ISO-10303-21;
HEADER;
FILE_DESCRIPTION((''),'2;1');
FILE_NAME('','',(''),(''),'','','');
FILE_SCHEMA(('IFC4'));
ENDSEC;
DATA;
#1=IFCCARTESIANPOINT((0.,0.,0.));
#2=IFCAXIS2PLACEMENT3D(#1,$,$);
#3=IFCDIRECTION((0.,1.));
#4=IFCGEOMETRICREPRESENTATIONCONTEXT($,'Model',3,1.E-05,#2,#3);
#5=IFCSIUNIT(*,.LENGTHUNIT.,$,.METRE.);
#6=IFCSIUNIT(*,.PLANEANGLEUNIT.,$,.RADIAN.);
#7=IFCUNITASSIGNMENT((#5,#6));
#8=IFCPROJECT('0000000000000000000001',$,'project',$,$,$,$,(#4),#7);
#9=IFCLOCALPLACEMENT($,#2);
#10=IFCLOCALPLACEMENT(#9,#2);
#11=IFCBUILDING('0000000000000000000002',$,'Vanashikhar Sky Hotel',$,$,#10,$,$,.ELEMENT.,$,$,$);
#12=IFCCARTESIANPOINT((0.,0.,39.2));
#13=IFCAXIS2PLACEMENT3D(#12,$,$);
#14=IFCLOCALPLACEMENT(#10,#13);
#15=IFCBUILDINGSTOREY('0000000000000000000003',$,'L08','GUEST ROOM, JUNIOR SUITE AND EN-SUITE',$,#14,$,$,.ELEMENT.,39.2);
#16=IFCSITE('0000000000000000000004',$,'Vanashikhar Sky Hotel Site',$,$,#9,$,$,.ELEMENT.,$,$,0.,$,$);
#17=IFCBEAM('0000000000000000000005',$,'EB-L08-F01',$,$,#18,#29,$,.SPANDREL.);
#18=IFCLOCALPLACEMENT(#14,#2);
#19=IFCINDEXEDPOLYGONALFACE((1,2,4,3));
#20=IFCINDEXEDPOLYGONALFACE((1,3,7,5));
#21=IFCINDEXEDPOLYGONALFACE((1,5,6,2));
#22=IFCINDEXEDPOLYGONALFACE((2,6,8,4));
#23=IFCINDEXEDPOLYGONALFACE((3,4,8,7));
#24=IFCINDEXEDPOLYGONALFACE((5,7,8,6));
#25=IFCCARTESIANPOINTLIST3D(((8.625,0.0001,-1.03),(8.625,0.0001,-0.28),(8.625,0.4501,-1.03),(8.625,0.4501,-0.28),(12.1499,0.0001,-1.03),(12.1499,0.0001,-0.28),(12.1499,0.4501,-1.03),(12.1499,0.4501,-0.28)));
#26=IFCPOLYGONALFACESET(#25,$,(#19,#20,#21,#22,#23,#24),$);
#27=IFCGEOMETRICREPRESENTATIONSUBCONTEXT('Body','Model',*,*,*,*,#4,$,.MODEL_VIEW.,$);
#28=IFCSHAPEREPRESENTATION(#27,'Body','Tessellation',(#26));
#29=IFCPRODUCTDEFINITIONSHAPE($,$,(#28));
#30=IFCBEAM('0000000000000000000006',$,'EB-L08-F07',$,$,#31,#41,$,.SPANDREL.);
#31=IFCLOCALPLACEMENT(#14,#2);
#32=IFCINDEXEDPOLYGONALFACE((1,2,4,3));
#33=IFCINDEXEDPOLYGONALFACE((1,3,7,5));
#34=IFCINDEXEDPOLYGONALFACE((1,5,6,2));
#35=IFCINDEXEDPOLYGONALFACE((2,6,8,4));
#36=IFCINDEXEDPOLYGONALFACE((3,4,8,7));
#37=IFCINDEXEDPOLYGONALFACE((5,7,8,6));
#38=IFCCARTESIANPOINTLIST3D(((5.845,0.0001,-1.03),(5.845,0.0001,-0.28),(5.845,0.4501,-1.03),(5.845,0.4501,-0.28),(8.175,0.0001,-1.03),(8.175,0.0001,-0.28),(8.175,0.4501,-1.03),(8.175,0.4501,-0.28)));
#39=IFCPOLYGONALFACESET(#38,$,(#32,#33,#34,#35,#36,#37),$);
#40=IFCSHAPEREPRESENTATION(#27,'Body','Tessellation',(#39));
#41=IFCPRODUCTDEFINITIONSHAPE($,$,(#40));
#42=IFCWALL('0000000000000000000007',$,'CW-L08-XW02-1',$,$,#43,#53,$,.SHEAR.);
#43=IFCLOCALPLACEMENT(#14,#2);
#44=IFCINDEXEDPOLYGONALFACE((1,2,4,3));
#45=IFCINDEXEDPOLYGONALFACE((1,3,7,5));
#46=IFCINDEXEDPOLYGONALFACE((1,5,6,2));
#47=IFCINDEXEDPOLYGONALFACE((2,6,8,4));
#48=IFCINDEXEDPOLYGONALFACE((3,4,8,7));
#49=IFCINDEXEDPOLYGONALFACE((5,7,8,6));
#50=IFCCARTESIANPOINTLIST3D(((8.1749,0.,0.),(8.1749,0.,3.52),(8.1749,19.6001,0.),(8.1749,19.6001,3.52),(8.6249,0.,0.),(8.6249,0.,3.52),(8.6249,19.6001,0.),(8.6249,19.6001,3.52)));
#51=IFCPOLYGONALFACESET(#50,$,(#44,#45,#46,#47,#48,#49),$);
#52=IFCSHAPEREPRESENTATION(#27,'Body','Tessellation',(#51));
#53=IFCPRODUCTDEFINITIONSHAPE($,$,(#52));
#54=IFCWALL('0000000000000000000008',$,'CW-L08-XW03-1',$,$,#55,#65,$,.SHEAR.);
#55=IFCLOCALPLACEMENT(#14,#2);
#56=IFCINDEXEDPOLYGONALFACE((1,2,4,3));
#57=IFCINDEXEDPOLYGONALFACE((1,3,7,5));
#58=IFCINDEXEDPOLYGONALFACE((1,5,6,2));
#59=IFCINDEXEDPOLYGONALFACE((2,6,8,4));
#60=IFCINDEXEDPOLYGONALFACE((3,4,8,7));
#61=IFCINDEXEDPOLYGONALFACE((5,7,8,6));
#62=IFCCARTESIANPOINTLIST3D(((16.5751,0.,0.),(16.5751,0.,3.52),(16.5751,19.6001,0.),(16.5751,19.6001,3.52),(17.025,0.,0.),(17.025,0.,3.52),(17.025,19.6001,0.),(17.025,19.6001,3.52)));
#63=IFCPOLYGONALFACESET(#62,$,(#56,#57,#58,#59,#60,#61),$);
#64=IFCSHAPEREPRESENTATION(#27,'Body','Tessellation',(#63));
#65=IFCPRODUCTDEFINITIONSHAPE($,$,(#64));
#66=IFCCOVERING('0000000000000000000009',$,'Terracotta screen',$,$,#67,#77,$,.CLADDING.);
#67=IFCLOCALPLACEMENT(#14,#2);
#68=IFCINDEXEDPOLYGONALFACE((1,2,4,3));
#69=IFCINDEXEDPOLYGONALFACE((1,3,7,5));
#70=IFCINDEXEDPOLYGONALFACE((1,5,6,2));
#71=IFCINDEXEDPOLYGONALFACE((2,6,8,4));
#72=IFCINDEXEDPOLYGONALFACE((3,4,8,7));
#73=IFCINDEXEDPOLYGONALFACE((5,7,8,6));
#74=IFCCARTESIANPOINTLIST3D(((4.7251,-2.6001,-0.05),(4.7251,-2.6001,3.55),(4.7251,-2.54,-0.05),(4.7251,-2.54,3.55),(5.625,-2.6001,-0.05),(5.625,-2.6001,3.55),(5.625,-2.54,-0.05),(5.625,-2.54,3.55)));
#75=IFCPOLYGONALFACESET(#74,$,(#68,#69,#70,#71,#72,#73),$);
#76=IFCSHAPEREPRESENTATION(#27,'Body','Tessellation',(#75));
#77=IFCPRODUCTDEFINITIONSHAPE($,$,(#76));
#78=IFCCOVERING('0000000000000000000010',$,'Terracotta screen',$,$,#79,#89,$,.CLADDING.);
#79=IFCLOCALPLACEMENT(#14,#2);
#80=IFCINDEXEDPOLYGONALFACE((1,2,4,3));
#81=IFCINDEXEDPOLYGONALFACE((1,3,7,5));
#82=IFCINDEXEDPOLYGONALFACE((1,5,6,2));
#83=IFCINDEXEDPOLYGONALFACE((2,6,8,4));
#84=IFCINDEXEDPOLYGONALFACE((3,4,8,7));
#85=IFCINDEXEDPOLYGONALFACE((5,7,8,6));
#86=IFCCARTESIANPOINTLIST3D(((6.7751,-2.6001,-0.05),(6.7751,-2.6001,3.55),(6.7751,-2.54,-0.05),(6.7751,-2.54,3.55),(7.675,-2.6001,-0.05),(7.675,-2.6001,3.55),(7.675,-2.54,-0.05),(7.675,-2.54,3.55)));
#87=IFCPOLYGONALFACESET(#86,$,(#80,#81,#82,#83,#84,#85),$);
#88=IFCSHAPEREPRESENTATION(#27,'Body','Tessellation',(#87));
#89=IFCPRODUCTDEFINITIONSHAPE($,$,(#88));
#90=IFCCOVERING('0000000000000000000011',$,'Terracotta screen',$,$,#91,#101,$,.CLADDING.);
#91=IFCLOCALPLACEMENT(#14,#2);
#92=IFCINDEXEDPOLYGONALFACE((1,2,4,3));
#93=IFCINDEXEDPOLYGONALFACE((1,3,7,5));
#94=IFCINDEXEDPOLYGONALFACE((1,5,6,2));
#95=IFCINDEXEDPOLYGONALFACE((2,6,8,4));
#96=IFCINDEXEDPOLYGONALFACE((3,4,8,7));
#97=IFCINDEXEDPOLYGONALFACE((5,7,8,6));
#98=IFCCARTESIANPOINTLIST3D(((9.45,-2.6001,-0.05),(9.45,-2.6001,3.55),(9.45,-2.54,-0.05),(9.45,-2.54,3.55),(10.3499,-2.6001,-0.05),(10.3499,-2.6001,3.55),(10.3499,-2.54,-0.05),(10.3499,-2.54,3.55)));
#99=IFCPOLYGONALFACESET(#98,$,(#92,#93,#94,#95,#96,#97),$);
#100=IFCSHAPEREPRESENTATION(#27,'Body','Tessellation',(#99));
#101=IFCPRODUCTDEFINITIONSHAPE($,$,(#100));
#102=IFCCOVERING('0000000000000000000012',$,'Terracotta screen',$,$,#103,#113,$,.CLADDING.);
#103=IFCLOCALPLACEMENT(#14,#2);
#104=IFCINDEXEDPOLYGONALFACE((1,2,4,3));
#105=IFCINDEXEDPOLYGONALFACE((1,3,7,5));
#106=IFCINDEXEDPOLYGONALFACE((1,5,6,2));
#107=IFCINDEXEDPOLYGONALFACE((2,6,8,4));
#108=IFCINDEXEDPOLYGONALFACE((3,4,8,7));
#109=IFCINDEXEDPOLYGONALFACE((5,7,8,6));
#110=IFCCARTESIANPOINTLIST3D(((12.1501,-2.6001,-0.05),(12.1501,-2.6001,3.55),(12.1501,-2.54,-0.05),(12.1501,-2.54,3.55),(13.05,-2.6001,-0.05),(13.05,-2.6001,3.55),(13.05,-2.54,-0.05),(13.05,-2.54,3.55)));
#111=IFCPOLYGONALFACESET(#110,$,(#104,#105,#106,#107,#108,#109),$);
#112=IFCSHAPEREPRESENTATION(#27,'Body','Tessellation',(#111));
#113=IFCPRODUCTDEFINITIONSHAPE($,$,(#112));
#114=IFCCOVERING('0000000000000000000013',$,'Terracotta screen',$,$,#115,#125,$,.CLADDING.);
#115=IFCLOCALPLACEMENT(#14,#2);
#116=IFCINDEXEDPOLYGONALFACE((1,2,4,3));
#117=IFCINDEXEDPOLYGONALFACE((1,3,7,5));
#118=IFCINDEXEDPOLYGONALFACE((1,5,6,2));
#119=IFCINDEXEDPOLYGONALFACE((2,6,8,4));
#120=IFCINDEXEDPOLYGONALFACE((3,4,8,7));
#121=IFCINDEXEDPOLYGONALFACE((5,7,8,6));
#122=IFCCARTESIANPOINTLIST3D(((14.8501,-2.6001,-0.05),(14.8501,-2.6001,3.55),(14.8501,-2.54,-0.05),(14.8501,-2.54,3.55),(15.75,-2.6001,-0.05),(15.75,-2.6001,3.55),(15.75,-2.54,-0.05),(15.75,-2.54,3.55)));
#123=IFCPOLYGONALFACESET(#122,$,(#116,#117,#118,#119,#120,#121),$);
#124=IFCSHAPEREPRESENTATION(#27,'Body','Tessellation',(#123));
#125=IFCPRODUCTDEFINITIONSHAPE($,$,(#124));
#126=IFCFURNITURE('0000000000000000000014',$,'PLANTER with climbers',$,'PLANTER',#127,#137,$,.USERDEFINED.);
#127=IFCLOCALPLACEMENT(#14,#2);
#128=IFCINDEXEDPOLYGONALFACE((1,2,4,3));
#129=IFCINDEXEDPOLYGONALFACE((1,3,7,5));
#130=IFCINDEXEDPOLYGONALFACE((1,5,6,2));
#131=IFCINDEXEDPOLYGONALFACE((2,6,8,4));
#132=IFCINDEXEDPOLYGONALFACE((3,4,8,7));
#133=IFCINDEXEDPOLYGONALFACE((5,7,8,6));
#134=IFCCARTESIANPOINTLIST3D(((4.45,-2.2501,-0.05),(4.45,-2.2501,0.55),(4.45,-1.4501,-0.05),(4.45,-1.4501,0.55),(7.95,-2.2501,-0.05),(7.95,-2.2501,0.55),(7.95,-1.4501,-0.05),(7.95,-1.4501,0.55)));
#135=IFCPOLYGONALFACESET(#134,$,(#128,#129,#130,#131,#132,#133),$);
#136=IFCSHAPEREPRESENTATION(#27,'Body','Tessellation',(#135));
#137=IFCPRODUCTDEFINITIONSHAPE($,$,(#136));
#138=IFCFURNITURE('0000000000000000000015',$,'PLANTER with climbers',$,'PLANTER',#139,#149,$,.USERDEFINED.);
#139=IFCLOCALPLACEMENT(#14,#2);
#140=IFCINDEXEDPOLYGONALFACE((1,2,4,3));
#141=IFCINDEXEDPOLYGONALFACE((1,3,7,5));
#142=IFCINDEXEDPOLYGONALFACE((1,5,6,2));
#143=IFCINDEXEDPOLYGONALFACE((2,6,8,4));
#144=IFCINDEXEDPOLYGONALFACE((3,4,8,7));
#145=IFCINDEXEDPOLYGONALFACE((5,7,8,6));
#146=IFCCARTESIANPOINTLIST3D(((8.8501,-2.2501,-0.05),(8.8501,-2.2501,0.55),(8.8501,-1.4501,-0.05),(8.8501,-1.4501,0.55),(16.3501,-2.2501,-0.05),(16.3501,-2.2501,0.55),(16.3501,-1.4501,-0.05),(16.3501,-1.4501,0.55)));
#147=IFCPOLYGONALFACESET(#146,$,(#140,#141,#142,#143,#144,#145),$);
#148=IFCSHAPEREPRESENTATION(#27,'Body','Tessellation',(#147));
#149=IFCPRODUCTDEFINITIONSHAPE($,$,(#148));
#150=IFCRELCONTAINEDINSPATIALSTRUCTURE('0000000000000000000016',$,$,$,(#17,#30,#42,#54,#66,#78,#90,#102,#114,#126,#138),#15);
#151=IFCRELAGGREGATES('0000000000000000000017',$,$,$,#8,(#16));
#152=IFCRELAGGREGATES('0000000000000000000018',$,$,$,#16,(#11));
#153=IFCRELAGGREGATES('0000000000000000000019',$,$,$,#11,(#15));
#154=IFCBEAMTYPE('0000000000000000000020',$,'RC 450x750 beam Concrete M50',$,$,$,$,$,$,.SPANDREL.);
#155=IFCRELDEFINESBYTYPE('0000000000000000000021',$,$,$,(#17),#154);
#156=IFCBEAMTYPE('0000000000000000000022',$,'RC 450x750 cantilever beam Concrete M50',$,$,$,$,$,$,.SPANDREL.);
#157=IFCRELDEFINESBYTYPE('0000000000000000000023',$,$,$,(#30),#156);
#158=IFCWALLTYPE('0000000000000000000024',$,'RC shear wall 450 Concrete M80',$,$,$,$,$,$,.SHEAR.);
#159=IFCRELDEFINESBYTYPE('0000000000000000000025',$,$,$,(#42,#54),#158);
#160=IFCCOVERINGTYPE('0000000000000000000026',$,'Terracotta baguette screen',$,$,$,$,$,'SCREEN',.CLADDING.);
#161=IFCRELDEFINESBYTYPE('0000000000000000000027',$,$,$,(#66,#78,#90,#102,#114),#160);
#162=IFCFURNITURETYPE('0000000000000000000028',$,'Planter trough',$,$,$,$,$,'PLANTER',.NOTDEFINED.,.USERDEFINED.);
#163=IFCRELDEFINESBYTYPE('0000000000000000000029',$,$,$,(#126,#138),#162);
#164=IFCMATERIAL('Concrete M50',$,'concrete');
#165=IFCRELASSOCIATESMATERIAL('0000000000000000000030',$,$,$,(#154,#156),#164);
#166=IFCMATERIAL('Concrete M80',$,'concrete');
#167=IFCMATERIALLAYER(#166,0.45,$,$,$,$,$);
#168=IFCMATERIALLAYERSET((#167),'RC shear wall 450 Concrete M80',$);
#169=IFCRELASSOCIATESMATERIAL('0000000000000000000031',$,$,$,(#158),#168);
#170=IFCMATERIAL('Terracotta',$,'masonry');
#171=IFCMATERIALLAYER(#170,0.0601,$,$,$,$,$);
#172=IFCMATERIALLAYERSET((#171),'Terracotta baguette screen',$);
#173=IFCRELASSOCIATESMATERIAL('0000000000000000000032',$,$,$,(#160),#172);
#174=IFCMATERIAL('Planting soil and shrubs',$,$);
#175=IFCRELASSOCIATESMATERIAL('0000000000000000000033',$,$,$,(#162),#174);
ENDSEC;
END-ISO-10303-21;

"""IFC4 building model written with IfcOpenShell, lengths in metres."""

from ifc_helpers import new_model, si_unit, direction, frame, frame_2d, origin, origin_2d, place, context, subcontext, project, spatial, rectangle, extrude, source, transform, mapped, material, layer, layer_set, material_profile, profile_set, type_object, element, save


model = new_model("IFC4")

# Units and contexts
model_context = context("Model", 3, precision=1e-05, world=origin(), true_north=direction((0.0, 1.0)))
body_context = subcontext(model_context, "Body", "Model", "MODEL_VIEW")
ifc_project = project(units=[si_unit("LENGTHUNIT", "METRE"), si_unit("PLANEANGLEUNIT", "RADIAN")], contexts=[model_context])

# Site, building, storey
site_placement = place(None, origin())
site = spatial("IfcSite", under=ifc_project, at=site_placement, Name="Vanashikhar Sky Hotel Site", CompositionType="ELEMENT", RefElevation=0.0)
building_placement = place(site_placement, origin())
building = spatial("IfcBuilding", under=site, at=building_placement, Name="Vanashikhar Sky Hotel", CompositionType="ELEMENT")
storey_placement = place(building_placement, frame((0.0, 0.0, 39.2)))
storey = spatial("IfcBuildingStorey", under=building, at=storey_placement, Name="L08", Description="GUEST ROOM, JUNIOR SUITE AND EN-SUITE", CompositionType="ELEMENT", Elevation=39.2)

# Beams
ifc_material_1 = material(Name="Concrete M50", Category="concrete")
ifc_material_profile_1 = material_profile(ifc_material_1, rectangle(XDim=0.45, YDim=0.75, at=origin_2d()))
ifc_profile_set_1 = profile_set([ifc_material_profile_1], Name="RC 450x750 beam Concrete M50")
beam_type_1 = type_object("IfcBeamType", Name="RC 450x750 beam Concrete M50", PredefinedType="SPANDREL", material=ifc_profile_set_1)
shared_shape_1 = source(origin(), body_context, "Body", "SweptSolid", [
    extrude(rectangle(XDim=0.45, YDim=0.75, at=origin_2d()), origin(), (0.0, 0.0, 1.0), 3.5249),
])
beam_1_placement = place(storey_placement, frame((8.625, 0.2251, -0.655), z_axis=(1.0, 0.0, 0.0), x_axis=(0.0, 1.0, 0.0)))
element("IfcBeam", 1, at=beam_1_placement, inside=storey, type_object=beam_type_1, Name="EB-L08-F01", PredefinedType="SPANDREL", context=body_context, shape_type="MappedRepresentation", body=[
    mapped(shared_shape_1, transform((0.0, 0.0, 0.0), scale=1.0)),
])
ifc_material_profile_2 = material_profile(ifc_material_1, rectangle(XDim=0.45, YDim=0.75, at=origin_2d()))
ifc_profile_set_2 = profile_set([ifc_material_profile_2], Name="RC 450x750 cantilever beam Concrete M50")
beam_type_2 = type_object("IfcBeamType", Name="RC 450x750 cantilever beam Concrete M50", PredefinedType="SPANDREL", material=ifc_profile_set_2)
shared_shape_2 = source(origin(), body_context, "Body", "SweptSolid", [
    extrude(rectangle(XDim=0.45, YDim=0.75, at=origin_2d()), origin(), (0.0, 0.0, 1.0), 2.3301),
])
beam_2_placement = place(storey_placement, frame((5.845, 0.2251, -0.655), z_axis=(1.0, 0.0, 0.0), x_axis=(0.0, 1.0, 0.0)))
element("IfcBeam", 2, at=beam_2_placement, inside=storey, type_object=beam_type_2, Name="EB-L08-F07", PredefinedType="SPANDREL", context=body_context, shape_type="MappedRepresentation", body=[
    mapped(shared_shape_2, transform((0.0, 0.0, 0.0), scale=1.0)),
])

# Walls
ifc_material_2 = material(Name="Concrete M80", Category="concrete")
ifc_layer_1 = layer(ifc_material_2, 0.45)
ifc_layer_set_1 = layer_set([ifc_layer_1], Name="RC shear wall 450 Concrete M80")
wall_type = type_object("IfcWallType", Name="RC shear wall 450 Concrete M80", PredefinedType="SHEAR", material=ifc_layer_set_1)
shared_shape_3 = source(origin(), body_context, "Body", "SweptSolid", [
    extrude(rectangle(XDim=19.6001, YDim=0.45, at=frame_2d((9.8, 0.0))), origin(), (0.0, 0.0, 1.0), 3.52),
])
for number, where, z_axis, x_axis, name in (
    (3, (8.3999, 0.0, 0.0), (0.0, 0.0, 1.0), (0.0, 1.0, 0.0), "CW-L08-XW02-1"),
    (4, (16.8, 0.0, 0.0), (0.0, 0.0, 1.0), (0.0, 1.0, 0.0), "CW-L08-XW03-1"),
):
    element("IfcWall", number, at=place(storey_placement, frame(where, z_axis=z_axis, x_axis=x_axis)), inside=storey, type_object=wall_type, Name=name, PredefinedType="SHEAR", context=body_context, shape_type="MappedRepresentation", body=[
        mapped(shared_shape_3, transform((0.0, 0.0, 0.0), scale=1.0)),
    ])

# Coverings
ifc_material_3 = material(Name="Terracotta", Category="masonry")
ifc_layer_2 = layer(ifc_material_3, 0.0601)
ifc_layer_set_2 = layer_set([ifc_layer_2], Name="Terracotta baguette screen")
covering_type = type_object("IfcCoveringType", Name="Terracotta baguette screen", ElementType="SCREEN", PredefinedType="CLADDING", material=ifc_layer_set_2)
shared_shape_4 = source(origin(), body_context, "Body", "SweptSolid", [
    extrude(rectangle(XDim=0.8999, YDim=0.0601, at=origin_2d()), origin(), (0.0, 0.0, 1.0), 3.6001),
])
for number, where, z_axis, x_axis, name in (
    (5, (5.175, -2.5701, -0.05), (0.0, 0.0, 1.0), (1.0, 0.0, 0.0), "Terracotta screen"),
    (6, (7.2251, -2.5701, -0.05), (0.0, 0.0, 1.0), (1.0, 0.0, 0.0), "Terracotta screen"),
    (7, (9.8999, -2.5701, -0.05), (0.0, 0.0, 1.0), (1.0, 0.0, 0.0), "Terracotta screen"),
    (8, (12.6001, -2.5701, -0.05), (0.0, 0.0, 1.0), (1.0, 0.0, 0.0), "Terracotta screen"),
    (9, (15.3, -2.5701, -0.05), (0.0, 0.0, 1.0), (1.0, 0.0, 0.0), "Terracotta screen"),
):
    element("IfcCovering", number, at=place(storey_placement, frame(where, z_axis=z_axis, x_axis=x_axis)), inside=storey, type_object=covering_type, Name=name, PredefinedType="CLADDING", context=body_context, shape_type="MappedRepresentation", body=[
        mapped(shared_shape_4, transform((0.0, 0.0, 0.0), scale=1.0)),
    ])

# Furniture
ifc_material_4 = material(Name="Planting soil and shrubs")
furniture_type = type_object("IfcFurnitureType", Name="Planter trough", ElementType="PLANTER", AssemblyPlace="NOTDEFINED", PredefinedType="USERDEFINED", material=ifc_material_4)
shared_shape_5 = source(origin(), body_context, "Body", "SweptSolid", [
    extrude(rectangle(XDim=3.5, YDim=0.8, at=origin_2d()), origin(), (0.0, 0.0, 1.0), 0.6001),
])
furniture_1_placement = place(storey_placement, frame((6.2, -1.8501, -0.05), z_axis=(0.0, 0.0, 1.0), x_axis=(1.0, 0.0, 0.0)))
element("IfcFurniture", 10, at=furniture_1_placement, inside=storey, type_object=furniture_type, Name="PLANTER with climbers", ObjectType="PLANTER", PredefinedType="USERDEFINED", context=body_context, shape_type="MappedRepresentation", body=[
    mapped(shared_shape_5, transform((0.0, 0.0, 0.0), scale=1.0)),
])
shared_shape_6 = source(origin(), body_context, "Body", "SweptSolid", [
    extrude(rectangle(XDim=7.5, YDim=0.8, at=origin_2d()), origin(), (0.0, 0.0, 1.0), 0.6001),
])
furniture_2_placement = place(storey_placement, frame((12.6001, -1.8501, -0.05), z_axis=(0.0, 0.0, 1.0), x_axis=(1.0, 0.0, 0.0)))
element("IfcFurniture", 11, at=furniture_2_placement, inside=storey, type_object=furniture_type, Name="PLANTER with climbers", ObjectType="PLANTER", PredefinedType="USERDEFINED", context=body_context, shape_type="MappedRepresentation", body=[
    mapped(shared_shape_6, transform((0.0, 0.0, 0.0), scale=1.0)),
])

save(model, "model.ifc")
